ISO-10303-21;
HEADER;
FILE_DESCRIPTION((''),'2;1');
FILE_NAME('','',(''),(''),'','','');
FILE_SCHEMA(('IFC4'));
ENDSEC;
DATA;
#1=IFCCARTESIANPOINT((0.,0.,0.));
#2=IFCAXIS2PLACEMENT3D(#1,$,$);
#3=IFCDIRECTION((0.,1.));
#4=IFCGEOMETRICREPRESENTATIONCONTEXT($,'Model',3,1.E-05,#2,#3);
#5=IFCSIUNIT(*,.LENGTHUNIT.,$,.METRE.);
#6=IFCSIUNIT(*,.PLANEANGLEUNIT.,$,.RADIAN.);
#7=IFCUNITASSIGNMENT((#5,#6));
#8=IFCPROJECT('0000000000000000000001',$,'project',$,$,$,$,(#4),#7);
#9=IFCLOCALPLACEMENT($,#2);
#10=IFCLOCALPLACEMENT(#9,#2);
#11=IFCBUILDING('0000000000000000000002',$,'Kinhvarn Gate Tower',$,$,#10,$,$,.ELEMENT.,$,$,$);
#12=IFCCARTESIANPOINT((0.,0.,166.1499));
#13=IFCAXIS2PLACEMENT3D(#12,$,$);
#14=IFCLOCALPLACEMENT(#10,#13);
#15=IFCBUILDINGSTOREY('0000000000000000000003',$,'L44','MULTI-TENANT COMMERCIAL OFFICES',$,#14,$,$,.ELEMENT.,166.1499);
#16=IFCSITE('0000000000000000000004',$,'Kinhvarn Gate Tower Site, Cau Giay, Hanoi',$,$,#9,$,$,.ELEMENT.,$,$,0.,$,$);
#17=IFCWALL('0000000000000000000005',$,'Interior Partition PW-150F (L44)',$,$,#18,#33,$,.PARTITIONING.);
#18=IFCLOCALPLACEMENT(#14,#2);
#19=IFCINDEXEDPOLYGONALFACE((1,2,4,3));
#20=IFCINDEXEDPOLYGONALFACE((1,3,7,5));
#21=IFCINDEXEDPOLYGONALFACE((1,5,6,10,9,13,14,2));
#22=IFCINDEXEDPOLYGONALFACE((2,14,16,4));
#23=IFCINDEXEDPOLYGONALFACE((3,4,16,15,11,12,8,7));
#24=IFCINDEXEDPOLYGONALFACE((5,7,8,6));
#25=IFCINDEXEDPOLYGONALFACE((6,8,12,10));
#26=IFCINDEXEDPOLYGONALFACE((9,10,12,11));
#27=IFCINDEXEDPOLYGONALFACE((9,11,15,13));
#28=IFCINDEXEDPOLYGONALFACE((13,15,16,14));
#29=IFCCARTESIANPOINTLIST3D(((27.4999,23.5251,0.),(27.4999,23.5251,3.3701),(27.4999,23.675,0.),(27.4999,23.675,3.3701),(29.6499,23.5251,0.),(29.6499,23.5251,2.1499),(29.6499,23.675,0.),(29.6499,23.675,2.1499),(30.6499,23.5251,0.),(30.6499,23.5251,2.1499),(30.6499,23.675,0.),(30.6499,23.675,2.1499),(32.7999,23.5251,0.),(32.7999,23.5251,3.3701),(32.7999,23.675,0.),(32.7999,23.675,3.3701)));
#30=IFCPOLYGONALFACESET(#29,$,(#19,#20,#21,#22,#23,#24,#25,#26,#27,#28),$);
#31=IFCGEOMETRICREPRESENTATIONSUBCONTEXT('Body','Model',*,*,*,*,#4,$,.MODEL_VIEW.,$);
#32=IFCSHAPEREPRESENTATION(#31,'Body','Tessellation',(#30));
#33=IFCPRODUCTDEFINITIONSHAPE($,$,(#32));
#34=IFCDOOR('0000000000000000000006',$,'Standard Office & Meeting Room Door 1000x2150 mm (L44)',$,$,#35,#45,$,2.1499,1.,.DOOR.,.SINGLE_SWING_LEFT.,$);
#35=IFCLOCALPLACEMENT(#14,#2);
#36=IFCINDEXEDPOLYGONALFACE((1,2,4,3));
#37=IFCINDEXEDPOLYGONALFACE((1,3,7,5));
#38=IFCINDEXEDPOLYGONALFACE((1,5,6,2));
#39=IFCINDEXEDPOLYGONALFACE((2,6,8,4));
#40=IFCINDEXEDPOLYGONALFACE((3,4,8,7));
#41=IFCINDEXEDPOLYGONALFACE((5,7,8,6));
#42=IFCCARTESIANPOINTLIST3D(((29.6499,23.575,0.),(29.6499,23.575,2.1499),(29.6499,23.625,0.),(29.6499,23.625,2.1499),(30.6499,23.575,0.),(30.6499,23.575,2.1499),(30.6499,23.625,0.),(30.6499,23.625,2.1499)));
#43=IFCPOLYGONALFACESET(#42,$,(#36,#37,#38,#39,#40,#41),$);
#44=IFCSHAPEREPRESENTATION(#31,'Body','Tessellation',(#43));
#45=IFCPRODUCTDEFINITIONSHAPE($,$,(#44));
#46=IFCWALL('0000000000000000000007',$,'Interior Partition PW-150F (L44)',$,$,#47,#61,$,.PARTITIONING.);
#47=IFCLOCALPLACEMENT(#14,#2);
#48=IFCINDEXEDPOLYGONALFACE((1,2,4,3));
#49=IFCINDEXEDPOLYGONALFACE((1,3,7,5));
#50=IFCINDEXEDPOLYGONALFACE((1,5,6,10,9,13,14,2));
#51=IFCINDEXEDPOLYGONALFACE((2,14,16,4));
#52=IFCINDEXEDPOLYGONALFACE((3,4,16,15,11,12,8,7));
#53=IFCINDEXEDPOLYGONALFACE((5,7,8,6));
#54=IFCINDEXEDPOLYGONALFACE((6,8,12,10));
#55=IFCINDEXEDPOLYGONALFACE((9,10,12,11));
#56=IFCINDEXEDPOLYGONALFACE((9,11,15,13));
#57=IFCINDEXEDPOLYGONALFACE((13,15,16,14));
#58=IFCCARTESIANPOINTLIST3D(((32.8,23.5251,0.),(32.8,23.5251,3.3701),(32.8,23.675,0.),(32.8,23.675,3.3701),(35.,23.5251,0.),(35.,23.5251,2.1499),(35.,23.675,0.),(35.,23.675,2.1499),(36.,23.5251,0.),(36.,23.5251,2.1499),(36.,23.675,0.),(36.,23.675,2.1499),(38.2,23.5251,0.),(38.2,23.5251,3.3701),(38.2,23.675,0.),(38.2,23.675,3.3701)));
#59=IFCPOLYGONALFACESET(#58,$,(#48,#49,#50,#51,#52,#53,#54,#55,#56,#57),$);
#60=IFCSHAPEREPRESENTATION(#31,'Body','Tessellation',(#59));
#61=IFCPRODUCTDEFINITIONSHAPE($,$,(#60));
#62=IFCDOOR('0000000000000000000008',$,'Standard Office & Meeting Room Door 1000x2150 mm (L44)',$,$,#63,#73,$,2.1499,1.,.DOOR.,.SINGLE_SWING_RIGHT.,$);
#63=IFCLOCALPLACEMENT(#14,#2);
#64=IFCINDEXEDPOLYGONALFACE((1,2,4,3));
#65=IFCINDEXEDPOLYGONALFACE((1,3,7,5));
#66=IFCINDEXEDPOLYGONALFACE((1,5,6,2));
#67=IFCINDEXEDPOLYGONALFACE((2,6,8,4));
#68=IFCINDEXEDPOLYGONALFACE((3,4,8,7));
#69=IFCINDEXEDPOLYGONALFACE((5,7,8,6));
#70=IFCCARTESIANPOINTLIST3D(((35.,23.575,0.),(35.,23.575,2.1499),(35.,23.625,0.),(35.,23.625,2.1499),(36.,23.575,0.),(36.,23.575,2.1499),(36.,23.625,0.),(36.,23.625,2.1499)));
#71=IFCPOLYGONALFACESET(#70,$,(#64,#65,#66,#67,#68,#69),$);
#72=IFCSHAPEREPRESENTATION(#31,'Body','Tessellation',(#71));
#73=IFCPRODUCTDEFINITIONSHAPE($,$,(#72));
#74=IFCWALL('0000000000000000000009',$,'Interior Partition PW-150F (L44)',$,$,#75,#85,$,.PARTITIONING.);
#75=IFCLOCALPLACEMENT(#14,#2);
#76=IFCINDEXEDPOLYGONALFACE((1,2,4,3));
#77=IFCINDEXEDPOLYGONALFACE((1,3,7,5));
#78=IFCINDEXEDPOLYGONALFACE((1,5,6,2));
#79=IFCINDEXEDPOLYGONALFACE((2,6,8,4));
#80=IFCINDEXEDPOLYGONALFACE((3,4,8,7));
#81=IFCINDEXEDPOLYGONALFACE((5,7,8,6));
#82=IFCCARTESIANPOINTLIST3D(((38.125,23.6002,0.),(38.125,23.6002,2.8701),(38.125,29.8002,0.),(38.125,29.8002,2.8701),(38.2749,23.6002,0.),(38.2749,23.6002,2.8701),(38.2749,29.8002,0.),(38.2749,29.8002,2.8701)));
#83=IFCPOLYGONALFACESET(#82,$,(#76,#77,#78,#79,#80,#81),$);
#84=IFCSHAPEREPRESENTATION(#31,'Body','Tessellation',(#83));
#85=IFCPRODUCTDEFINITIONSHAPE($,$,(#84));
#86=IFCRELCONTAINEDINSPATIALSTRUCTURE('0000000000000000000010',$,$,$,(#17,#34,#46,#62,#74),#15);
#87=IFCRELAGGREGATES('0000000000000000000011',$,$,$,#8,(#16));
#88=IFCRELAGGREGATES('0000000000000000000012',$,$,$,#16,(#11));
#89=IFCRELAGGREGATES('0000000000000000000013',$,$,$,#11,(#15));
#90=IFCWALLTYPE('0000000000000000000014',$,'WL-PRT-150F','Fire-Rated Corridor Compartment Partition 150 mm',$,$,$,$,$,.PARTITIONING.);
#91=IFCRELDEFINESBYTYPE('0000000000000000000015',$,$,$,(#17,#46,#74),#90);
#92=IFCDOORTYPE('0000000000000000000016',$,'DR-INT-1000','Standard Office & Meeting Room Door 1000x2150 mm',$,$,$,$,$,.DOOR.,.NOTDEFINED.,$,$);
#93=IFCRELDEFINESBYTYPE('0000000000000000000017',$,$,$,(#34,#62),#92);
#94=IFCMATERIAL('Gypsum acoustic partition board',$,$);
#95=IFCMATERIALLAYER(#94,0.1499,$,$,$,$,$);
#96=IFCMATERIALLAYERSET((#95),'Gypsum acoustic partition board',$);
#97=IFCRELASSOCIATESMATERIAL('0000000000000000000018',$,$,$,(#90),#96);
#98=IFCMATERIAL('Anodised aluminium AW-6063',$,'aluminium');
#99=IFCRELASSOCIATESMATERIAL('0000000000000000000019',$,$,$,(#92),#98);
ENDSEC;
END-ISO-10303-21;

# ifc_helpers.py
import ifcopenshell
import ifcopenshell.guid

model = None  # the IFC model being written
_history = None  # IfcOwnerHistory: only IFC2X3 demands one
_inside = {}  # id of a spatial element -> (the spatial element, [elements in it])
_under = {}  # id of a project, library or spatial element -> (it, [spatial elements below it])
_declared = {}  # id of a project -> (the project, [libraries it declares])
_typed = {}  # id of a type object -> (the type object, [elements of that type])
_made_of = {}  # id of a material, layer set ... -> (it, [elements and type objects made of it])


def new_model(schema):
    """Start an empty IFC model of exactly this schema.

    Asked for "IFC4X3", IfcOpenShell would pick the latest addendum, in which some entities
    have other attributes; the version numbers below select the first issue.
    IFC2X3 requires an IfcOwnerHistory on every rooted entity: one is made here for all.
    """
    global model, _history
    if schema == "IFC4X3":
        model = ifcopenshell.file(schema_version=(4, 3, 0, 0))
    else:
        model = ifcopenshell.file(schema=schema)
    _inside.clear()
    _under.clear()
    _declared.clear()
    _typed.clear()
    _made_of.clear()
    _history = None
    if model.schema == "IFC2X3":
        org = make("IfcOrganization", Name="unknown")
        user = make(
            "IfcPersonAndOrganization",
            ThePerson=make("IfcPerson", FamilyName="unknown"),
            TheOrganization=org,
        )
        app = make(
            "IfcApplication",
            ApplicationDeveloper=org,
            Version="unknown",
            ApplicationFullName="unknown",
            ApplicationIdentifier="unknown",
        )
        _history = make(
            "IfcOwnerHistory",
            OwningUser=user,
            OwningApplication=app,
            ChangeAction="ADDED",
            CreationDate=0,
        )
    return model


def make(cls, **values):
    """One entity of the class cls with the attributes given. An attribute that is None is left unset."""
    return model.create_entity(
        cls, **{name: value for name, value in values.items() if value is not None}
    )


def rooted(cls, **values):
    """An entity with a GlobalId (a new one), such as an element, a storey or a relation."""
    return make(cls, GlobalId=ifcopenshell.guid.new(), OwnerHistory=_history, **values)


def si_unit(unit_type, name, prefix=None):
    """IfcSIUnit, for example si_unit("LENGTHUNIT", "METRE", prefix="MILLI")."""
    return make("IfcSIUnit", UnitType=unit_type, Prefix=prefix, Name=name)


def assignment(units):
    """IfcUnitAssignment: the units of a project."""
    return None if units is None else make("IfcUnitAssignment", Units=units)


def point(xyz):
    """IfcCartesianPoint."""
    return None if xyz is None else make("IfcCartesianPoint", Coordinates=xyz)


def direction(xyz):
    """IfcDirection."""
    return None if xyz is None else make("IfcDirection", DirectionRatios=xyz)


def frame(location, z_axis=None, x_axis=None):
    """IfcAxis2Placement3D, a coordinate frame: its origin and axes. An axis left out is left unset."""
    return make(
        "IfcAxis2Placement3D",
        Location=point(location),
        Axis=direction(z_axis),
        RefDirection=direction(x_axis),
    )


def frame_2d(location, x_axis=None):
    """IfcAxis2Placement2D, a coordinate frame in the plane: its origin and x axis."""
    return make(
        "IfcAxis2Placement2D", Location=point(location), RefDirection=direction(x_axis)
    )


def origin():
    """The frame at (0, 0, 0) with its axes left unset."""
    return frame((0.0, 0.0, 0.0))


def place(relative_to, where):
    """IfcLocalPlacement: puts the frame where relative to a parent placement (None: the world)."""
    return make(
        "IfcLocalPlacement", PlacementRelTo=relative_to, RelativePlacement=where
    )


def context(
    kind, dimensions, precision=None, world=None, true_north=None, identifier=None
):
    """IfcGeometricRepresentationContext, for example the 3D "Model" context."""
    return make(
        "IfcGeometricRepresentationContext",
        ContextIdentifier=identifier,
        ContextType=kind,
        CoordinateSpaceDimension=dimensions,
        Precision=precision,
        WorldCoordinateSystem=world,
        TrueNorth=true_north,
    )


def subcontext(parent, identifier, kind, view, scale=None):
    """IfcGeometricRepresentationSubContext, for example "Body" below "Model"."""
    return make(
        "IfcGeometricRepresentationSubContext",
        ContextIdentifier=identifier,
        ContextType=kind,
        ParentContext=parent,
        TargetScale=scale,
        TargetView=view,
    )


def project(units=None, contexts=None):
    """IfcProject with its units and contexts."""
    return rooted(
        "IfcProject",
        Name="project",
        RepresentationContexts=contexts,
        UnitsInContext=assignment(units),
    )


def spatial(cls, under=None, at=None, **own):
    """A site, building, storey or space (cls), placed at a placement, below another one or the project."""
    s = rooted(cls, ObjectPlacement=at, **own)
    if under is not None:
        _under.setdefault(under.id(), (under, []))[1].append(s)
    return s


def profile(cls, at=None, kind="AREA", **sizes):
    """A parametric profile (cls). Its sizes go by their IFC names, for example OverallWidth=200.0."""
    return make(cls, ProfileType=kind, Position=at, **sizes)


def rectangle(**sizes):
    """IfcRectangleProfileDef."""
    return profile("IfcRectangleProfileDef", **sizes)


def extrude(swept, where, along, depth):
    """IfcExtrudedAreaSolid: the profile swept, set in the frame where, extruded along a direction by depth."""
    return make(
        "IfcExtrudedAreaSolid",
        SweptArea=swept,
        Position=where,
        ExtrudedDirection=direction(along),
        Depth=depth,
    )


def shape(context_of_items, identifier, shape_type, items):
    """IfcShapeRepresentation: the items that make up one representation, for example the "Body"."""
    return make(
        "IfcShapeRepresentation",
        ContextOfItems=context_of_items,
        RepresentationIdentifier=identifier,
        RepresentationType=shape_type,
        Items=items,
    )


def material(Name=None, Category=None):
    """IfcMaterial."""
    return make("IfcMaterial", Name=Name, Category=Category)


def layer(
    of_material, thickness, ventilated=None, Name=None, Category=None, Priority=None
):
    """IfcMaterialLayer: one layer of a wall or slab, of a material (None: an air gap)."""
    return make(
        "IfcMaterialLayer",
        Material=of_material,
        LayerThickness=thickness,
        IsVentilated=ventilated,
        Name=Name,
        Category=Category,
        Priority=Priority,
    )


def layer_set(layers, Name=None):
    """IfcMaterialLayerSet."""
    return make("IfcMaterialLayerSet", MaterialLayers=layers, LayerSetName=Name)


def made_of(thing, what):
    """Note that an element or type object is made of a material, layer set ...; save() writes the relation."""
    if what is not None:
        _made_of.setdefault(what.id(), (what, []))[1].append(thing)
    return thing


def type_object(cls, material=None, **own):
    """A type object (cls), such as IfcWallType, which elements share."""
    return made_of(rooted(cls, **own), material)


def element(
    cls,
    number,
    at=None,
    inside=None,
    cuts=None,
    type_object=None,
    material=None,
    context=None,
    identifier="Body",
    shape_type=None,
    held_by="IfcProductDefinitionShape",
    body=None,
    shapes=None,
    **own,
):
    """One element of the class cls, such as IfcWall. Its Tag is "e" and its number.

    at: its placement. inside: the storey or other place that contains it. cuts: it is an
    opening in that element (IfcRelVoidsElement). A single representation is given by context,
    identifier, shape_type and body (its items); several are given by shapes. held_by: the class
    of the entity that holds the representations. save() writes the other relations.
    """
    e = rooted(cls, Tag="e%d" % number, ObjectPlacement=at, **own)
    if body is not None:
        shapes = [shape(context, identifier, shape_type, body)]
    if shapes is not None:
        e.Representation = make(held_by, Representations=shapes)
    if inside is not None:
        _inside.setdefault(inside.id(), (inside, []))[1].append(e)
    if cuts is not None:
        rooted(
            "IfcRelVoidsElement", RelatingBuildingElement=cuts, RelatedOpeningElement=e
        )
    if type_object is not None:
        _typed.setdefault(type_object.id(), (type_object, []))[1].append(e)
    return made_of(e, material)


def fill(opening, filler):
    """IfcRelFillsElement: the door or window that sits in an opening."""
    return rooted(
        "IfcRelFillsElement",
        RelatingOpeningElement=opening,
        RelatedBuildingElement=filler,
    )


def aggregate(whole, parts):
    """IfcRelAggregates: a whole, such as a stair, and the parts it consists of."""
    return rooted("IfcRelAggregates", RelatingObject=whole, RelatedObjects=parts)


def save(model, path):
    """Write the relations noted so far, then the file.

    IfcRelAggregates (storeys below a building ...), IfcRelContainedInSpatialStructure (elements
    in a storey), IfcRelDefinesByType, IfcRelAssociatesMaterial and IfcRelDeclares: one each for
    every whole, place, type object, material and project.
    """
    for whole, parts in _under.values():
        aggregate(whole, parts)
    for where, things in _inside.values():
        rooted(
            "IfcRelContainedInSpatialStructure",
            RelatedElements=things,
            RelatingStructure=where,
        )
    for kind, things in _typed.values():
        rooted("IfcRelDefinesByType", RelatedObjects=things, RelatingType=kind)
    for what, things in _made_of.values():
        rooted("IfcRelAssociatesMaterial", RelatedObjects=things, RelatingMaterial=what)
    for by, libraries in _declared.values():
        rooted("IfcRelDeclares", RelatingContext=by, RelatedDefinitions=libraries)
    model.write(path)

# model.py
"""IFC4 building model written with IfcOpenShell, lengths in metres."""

from ifc_helpers import new_model, si_unit, direction, frame, frame_2d, origin, place, context, subcontext, project, spatial, rectangle, extrude, material, layer, layer_set, type_object, element, fill, save


model = new_model("IFC4")

# Units and contexts
model_context = context("Model", 3, precision=1e-05, world=origin(), true_north=direction((0.0, 1.0)))
body_context = subcontext(model_context, "Body", "Model", "MODEL_VIEW")
ifc_project = project(units=[si_unit("LENGTHUNIT", "METRE"), si_unit("PLANEANGLEUNIT", "RADIAN")], contexts=[model_context])

# Site, building, storey
site_placement = place(None, origin())
site = spatial("IfcSite", under=ifc_project, at=site_placement, Name="Kinhvarn Gate Tower Site, Cau Giay, Hanoi", CompositionType="ELEMENT", RefElevation=0.0)
building_placement = place(site_placement, origin())
building = spatial("IfcBuilding", under=site, at=building_placement, Name="Kinhvarn Gate Tower", CompositionType="ELEMENT")
storey_placement = place(building_placement, frame((0.0, 0.0, 166.1499)))
storey = spatial("IfcBuildingStorey", under=building, at=storey_placement, Name="L44", Description="MULTI-TENANT COMMERCIAL OFFICES", CompositionType="ELEMENT", Elevation=166.1499)

# Shared definitions
ifc_material_1 = material(Name="Gypsum acoustic partition board")

# Walls, openings, doors
ifc_layer_1 = layer(ifc_material_1, 0.1499)
ifc_layer_set_1 = layer_set([ifc_layer_1], Name="Gypsum acoustic partition board")
wall_type_1 = type_object("IfcWallType", Name="WL-PRT-150F", Description="Fire-Rated Corridor Compartment Partition 150 mm", PredefinedType="PARTITIONING", material=ifc_layer_set_1)
wall_1_placement = place(storey_placement, frame((27.5, 23.6001, 0.0), z_axis=(0.0, 0.0, 1.0), x_axis=(1.0, 0.0, 0.0)))
wall_1 = element("IfcWall", 1, at=wall_1_placement, inside=storey, type_object=wall_type_1, Name="Interior Partition PW-150F (L44)", PredefinedType="PARTITIONING", context=body_context, shape_type="SweptSolid", body=[
    extrude(rectangle(XDim=5.3, YDim=0.1499, at=frame_2d((2.6499, 0.0))), origin(), (0.0, 0.0, 1.0), 3.3701),
])
opening_1_placement = place(wall_1_placement, frame((2.1499, 0.0, 0.0)))
opening_1 = element("IfcOpeningElement", 2, at=opening_1_placement, cuts=wall_1, PredefinedType="OPENING", context=body_context, shape_type="SweptSolid", body=[
    extrude(rectangle(XDim=1.0, YDim=2.1499, at=frame_2d((0.5, 1.075))), frame((0.0, 0.085, 0.0), z_axis=(0.0, -1.0, 0.0), x_axis=(1.0, 0.0, 0.0)), (0.0, 0.0, 1.0), 0.1699),
])
ifc_material_2 = material(Name="Anodised aluminium AW-6063", Category="aluminium")
door_type = type_object("IfcDoorType", Name="DR-INT-1000", Description="Standard Office & Meeting Room Door 1000x2150 mm", OperationType="NOTDEFINED", PredefinedType="DOOR", material=ifc_material_2)
door_1_placement = place(opening_1_placement, origin())
door_1 = element("IfcDoor", 3, at=door_1_placement, inside=storey, type_object=door_type, Name="Standard Office & Meeting Room Door 1000x2150 mm (L44)", OperationType="SINGLE_SWING_LEFT", OverallHeight=2.1499, OverallWidth=1.0, PredefinedType="DOOR", context=body_context, shape_type="SweptSolid", body=[
    extrude(rectangle(XDim=1.0, YDim=2.1499, at=frame_2d((0.5, 1.075))), frame((0.0, 0.0249, 0.0), z_axis=(0.0, -1.0, 0.0), x_axis=(1.0, 0.0, 0.0)), (0.0, 0.0, 1.0), 0.05),
])
fill(opening_1, door_1)
wall_2_placement = place(storey_placement, frame((32.8, 23.6001, 0.0), z_axis=(0.0, 0.0, 1.0), x_axis=(1.0, 0.0, 0.0)))
wall_2 = element("IfcWall", 4, at=wall_2_placement, inside=storey, type_object=wall_type_1, Name="Interior Partition PW-150F (L44)", PredefinedType="PARTITIONING", context=body_context, shape_type="SweptSolid", body=[
    extrude(rectangle(XDim=5.3999, YDim=0.1499, at=frame_2d((2.7, 0.0))), origin(), (0.0, 0.0, 1.0), 3.3701),
])
opening_2_placement = place(wall_2_placement, frame((2.2, 0.0, 0.0)))
opening_2 = element("IfcOpeningElement", 5, at=opening_2_placement, cuts=wall_2, PredefinedType="OPENING", context=body_context, shape_type="SweptSolid", body=[
    extrude(rectangle(XDim=1.0, YDim=2.1499, at=frame_2d((0.5, 1.075))), frame((0.0, 0.085, 0.0), z_axis=(0.0, -1.0, 0.0), x_axis=(1.0, 0.0, 0.0)), (0.0, 0.0, 1.0), 0.1699),
])
door_2_placement = place(opening_2_placement, origin())
door_2 = element("IfcDoor", 6, at=door_2_placement, inside=storey, type_object=door_type, Name="Standard Office & Meeting Room Door 1000x2150 mm (L44)", OperationType="SINGLE_SWING_RIGHT", OverallHeight=2.1499, OverallWidth=1.0, PredefinedType="DOOR", context=body_context, shape_type="SweptSolid", body=[
    extrude(rectangle(XDim=1.0, YDim=2.1499, at=frame_2d((0.5, 1.075))), frame((0.0, 0.0249, 0.0), z_axis=(0.0, -1.0, 0.0), x_axis=(1.0, 0.0, 0.0)), (0.0, 0.0, 1.0), 0.05),
])
fill(opening_2, door_2)

# Wall
wall_3_placement = place(storey_placement, frame((38.2, 23.6001, 0.0), z_axis=(0.0, 0.0, 1.0), x_axis=(0.0, 1.0, 0.0)))
element("IfcWall", 7, at=wall_3_placement, inside=storey, type_object=wall_type_1, Name="Interior Partition PW-150F (L44)", PredefinedType="PARTITIONING", context=body_context, shape_type="SweptSolid", body=[
    extrude(rectangle(XDim=6.2, YDim=0.1499, at=frame_2d((3.1001, 0.0))), origin(), (0.0, 0.0, 1.0), 2.8701),
])

save(model, "model.ifc")
